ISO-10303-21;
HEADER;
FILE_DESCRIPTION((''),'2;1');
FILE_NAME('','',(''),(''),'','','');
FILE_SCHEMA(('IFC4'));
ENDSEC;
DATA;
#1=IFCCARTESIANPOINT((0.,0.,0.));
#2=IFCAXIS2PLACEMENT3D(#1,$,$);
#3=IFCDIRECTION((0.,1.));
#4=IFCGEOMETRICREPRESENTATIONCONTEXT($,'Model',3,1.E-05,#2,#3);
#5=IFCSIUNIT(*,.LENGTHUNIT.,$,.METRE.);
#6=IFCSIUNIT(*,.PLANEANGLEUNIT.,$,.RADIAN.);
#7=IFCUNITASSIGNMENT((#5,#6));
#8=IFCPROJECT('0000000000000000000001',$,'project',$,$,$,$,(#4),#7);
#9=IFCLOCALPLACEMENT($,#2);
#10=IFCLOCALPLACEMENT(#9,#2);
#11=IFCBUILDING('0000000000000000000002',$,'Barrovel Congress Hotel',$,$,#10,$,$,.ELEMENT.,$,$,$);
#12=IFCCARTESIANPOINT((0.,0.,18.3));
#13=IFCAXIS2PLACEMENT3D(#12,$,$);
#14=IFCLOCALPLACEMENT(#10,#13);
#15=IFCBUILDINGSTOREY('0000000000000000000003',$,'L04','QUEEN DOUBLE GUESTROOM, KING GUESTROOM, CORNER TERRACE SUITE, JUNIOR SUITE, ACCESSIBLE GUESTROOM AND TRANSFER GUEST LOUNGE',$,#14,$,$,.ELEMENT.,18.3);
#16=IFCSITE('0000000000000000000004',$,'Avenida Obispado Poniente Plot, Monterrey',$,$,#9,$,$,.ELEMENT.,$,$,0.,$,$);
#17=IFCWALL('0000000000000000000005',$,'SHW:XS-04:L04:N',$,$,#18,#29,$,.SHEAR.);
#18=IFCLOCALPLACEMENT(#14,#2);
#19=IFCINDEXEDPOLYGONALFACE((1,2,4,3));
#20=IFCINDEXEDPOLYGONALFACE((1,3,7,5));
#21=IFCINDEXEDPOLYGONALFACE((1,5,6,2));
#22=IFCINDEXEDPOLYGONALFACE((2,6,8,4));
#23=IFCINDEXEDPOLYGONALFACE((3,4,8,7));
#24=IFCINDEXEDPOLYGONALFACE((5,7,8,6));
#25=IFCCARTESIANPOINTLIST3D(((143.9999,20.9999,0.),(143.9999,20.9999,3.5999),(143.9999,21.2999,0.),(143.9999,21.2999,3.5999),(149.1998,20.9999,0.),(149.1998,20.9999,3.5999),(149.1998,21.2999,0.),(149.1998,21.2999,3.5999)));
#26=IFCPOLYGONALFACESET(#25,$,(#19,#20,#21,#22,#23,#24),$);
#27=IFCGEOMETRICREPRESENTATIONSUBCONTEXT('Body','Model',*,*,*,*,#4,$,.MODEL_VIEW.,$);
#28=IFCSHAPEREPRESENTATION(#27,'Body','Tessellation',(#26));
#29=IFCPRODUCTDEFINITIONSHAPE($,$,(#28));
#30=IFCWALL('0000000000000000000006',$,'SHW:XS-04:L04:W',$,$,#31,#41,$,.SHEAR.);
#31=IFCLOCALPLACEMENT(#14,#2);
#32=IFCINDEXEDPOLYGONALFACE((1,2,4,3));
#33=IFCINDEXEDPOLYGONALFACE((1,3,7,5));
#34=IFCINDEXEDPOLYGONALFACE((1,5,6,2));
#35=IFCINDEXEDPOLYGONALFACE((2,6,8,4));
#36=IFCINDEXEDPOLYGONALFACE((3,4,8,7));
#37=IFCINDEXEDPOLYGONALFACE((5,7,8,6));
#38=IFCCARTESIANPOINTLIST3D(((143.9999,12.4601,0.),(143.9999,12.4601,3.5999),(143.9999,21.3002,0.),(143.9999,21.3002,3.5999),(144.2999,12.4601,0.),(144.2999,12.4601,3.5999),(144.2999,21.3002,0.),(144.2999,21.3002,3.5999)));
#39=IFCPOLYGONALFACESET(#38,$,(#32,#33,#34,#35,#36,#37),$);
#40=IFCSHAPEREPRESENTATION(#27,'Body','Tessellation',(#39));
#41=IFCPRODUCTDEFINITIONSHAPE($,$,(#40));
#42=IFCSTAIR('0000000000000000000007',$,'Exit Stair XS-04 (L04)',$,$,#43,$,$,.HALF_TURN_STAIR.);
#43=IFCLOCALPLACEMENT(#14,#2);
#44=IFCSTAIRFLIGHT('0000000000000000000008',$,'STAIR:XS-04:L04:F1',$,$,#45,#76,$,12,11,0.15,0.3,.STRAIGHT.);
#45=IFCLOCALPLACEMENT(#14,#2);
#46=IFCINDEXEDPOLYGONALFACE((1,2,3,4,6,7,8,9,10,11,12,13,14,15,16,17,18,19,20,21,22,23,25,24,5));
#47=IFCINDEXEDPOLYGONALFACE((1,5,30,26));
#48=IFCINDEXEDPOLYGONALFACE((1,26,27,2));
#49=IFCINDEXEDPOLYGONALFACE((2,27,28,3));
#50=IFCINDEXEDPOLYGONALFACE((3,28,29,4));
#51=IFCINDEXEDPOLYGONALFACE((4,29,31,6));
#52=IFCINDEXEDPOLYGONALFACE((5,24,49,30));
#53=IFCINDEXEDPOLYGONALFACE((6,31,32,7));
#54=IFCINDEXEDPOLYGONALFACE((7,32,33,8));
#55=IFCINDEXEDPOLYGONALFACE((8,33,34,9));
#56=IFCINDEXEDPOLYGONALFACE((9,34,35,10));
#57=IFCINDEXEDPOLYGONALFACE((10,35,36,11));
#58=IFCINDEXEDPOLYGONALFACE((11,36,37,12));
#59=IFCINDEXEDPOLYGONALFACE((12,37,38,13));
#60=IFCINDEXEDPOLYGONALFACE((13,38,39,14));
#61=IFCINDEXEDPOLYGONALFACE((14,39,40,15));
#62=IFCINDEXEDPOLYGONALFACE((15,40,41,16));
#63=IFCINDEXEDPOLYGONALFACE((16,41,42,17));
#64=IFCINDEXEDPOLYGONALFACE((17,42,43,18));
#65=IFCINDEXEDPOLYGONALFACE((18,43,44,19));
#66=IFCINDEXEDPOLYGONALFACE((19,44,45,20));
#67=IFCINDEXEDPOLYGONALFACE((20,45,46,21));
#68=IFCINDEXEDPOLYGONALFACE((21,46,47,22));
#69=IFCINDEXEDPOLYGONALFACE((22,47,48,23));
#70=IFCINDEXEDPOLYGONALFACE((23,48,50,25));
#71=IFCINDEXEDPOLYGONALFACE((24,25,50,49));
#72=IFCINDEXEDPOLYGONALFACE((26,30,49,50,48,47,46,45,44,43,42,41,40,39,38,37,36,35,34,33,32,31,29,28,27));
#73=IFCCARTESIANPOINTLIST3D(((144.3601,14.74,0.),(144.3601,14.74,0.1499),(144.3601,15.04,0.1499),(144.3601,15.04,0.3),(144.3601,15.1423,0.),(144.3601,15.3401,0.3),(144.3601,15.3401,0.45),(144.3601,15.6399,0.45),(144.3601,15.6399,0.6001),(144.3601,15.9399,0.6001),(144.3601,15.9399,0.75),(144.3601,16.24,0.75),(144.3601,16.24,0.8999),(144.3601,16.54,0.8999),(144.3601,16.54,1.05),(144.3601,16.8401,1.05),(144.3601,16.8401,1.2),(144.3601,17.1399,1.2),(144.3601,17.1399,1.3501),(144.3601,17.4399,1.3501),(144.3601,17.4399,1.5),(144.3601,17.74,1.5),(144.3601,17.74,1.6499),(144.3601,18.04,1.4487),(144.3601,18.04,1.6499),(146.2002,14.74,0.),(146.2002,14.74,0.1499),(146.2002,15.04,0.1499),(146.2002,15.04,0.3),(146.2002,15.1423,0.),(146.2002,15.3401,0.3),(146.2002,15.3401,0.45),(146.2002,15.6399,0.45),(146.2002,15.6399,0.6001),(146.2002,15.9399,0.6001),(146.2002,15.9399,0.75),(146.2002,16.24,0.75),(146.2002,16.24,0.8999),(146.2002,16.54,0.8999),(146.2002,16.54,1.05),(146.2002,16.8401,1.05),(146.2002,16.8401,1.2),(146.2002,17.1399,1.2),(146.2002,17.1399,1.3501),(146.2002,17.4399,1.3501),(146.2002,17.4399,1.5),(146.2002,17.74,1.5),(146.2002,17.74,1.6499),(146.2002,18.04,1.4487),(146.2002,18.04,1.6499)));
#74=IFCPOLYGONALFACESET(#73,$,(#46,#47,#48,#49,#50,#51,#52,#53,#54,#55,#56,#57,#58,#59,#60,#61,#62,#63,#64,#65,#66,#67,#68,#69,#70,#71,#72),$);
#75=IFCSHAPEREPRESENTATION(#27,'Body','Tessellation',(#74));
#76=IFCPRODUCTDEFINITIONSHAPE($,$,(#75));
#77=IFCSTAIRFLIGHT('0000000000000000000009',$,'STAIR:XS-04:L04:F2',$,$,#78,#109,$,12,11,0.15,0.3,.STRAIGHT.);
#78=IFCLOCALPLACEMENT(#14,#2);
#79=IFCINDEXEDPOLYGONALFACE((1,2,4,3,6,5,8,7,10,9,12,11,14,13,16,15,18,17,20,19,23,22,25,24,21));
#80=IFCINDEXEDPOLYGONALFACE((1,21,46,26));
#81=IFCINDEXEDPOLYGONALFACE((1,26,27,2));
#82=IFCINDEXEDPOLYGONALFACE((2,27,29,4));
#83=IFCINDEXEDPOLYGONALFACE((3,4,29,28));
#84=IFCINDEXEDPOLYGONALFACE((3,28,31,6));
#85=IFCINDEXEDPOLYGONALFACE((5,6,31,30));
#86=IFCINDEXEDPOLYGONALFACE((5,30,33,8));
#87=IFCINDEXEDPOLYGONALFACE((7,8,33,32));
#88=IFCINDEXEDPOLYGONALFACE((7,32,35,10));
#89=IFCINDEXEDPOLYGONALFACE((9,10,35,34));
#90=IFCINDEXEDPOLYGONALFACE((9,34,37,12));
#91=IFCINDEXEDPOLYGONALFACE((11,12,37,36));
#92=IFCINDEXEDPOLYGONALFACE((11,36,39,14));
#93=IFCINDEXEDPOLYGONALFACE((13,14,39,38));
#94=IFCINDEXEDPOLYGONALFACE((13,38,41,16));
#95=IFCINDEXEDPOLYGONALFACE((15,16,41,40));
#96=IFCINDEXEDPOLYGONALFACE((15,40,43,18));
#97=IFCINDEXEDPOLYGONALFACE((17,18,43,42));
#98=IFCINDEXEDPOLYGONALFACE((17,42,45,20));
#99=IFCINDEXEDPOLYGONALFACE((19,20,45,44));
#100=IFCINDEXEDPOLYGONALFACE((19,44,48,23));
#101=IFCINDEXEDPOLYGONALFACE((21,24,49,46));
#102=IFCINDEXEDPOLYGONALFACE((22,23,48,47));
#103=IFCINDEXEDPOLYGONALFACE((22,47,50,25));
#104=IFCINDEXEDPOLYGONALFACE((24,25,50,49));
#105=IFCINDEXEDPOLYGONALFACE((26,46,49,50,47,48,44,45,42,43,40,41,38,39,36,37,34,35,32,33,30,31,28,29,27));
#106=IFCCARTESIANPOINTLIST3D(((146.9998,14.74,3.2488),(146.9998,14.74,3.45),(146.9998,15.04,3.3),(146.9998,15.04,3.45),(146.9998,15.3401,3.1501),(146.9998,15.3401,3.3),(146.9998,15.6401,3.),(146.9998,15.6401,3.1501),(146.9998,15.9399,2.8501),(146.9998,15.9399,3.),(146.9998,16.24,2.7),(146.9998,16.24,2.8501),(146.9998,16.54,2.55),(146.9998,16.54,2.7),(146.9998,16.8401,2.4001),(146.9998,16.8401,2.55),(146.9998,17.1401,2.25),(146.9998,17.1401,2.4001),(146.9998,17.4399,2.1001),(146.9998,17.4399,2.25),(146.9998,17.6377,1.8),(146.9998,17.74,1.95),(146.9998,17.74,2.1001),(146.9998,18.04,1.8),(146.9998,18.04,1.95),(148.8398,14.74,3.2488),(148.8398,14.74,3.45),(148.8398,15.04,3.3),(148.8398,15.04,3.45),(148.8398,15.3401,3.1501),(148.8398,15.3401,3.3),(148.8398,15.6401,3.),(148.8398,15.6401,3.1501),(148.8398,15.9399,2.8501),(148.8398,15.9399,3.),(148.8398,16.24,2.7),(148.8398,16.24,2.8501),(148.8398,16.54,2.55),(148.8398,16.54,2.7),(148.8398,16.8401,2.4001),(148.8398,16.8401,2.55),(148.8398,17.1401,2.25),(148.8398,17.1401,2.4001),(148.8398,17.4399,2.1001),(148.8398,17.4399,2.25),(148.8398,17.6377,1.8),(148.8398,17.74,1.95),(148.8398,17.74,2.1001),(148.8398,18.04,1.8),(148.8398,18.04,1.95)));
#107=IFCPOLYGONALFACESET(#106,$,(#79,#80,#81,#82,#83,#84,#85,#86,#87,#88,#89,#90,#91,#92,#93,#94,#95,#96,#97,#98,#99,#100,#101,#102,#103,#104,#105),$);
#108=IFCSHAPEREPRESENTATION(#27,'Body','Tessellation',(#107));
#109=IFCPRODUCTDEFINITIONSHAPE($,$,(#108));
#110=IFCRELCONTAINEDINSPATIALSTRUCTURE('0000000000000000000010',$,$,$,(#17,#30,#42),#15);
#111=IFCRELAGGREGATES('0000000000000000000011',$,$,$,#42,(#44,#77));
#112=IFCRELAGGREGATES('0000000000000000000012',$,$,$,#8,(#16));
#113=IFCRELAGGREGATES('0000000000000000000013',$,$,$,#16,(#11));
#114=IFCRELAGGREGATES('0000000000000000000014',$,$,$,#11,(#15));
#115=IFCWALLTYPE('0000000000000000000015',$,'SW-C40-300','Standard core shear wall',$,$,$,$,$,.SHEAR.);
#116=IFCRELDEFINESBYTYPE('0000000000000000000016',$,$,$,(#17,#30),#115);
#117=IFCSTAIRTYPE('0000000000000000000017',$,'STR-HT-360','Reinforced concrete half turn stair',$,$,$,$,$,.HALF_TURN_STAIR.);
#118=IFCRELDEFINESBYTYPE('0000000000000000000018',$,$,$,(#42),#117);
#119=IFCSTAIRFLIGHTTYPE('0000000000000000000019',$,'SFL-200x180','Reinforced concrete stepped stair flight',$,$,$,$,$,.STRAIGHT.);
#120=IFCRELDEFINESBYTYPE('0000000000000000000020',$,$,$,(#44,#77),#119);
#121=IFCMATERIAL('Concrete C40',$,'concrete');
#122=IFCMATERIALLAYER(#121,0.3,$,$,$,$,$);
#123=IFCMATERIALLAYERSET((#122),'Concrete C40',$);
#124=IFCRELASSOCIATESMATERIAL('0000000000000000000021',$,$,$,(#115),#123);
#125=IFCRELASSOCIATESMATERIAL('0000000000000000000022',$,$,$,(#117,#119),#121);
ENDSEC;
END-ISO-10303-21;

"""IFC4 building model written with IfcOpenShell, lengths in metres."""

from ifc_helpers import new_model, si_unit, direction, frame, frame_2d, origin, place, context, subcontext, project, spatial, polyline, rectangle, outline, extrude, material, layer, layer_set, type_object, element, aggregate, save


model = new_model("IFC4")

# Units and contexts
model_context = context("Model", 3, precision=1e-05, world=origin(), true_north=direction((0.0, 1.0)))
body_context = subcontext(model_context, "Body", "Model", "MODEL_VIEW")
ifc_project = project(units=[si_unit("LENGTHUNIT", "METRE"), si_unit("PLANEANGLEUNIT", "RADIAN")], contexts=[model_context])

# Site, building, storey
site_placement = place(None, origin())
site = spatial("IfcSite", under=ifc_project, at=site_placement, Name="Avenida Obispado Poniente Plot, Monterrey", CompositionType="ELEMENT", RefElevation=0.0)
building_placement = place(site_placement, origin())
building = spatial("IfcBuilding", under=site, at=building_placement, Name="Barrovel Congress Hotel", CompositionType="ELEMENT")
storey_placement = place(building_placement, frame((0.0, 0.0, 18.3)))
storey = spatial("IfcBuildingStorey", under=building, at=storey_placement, Name="L04", Description="QUEEN DOUBLE GUESTROOM, KING GUESTROOM, CORNER TERRACE SUITE, JUNIOR SUITE, ACCESSIBLE GUESTROOM AND TRANSFER GUEST LOUNGE", CompositionType="ELEMENT", Elevation=18.3)

# Shared definitions
ifc_material_1 = material(Name="Concrete C40", Category="concrete")

# Walls
ifc_layer_1 = layer(ifc_material_1, 0.3)
ifc_layer_set_1 = layer_set([ifc_layer_1], Name="Concrete C40")
wall_type_1 = type_object("IfcWallType", Name="SW-C40-300", Description="Standard core shear wall", PredefinedType="SHEAR", material=ifc_layer_set_1)
wall_1_placement = place(storey_placement, frame((149.2, 21.1499, 0.0), z_axis=(0.0, 0.0, 1.0), x_axis=(-1.0, 0.0, 0.0)))
element("IfcWall", 1, at=wall_1_placement, inside=storey, type_object=wall_type_1, Name="SHW:XS-04:L04:N", PredefinedType="SHEAR", context=body_context, shape_type="SweptSolid", body=[
    extrude(rectangle(XDim=5.2, YDim=0.3, at=frame_2d((2.6001, 0.0))), origin(), (0.0, 0.0, 1.0), 3.5999),
])
wall_2_placement = place(storey_placement, frame((144.1499, 21.3, 0.0), z_axis=(0.0, 0.0, 1.0), x_axis=(0.0, -1.0, 0.0)))
element("IfcWall", 2, at=wall_2_placement, inside=storey, type_object=wall_type_1, Name="SHW:XS-04:L04:W", PredefinedType="SHEAR", context=body_context, shape_type="SweptSolid", body=[
    extrude(rectangle(XDim=8.8401, YDim=0.3, at=frame_2d((4.4199, 0.0))), origin(), (0.0, 0.0, 1.0), 3.5999),
])

# Stair, stair flights
stair_type = type_object("IfcStairType", Name="STR-HT-360", Description="Reinforced concrete half turn stair", PredefinedType="HALF_TURN_STAIR", material=ifc_material_1)
stair_placement = place(storey_placement, origin())
stair = element("IfcStair", 3, at=stair_placement, inside=storey, type_object=stair_type, Name="Exit Stair XS-04 (L04)", PredefinedType="HALF_TURN_STAIR")
stair_flight_type = type_object("IfcStairFlightType", Name="SFL-200x180", Description="Reinforced concrete stepped stair flight", PredefinedType="STRAIGHT", material=ifc_material_1)
stair_flight_1_placement = place(storey_placement, frame((145.28, 14.74, 0.0), z_axis=(0.0, 0.0, 1.0), x_axis=(0.0, 1.0, 0.0)))
stair_flight_1 = element("IfcStairFlight", 4, at=stair_flight_1_placement, type_object=stair_flight_type, Name="STAIR:XS-04:L04:F1", NumberOfRisers=12, NumberOfTreads=11, PredefinedType="STRAIGHT", RiserHeight=0.15, TreadLength=0.3, context=body_context, shape_type="SweptSolid", body=[
    extrude(outline(polyline([(0.0, 0.0), (0.0, 0.1499), (0.3, 0.1499), (0.3, 0.3), (0.6001, 0.3), (0.6001, 0.45), (0.8999, 0.45), (0.8999, 0.6001), (1.2, 0.6001), (1.2, 0.75), (1.5, 0.75), (1.5, 0.8999), (1.8, 0.8999), (1.8, 1.05), (2.1001, 1.05), (2.1001, 1.2), (2.3999, 1.2), (2.3999, 1.3501), (2.7, 1.3501), (2.7, 1.5), (3.0, 1.5), (3.0, 1.6499), (3.3, 1.6499), (3.3, 1.8), (3.3, 1.4487), (0.4023, 0.0), (0.0, 0.0)])), frame((0.0, 0.9199, 0.0), z_axis=(0.0, -1.0, 0.0), x_axis=(1.0, 0.0, 0.0)), (0.0, 0.0, 1.0), 1.8401),
])
stair_flight_2_placement = place(storey_placement, frame((147.9199, 18.04, 1.8), z_axis=(0.0, 0.0, 1.0), x_axis=(0.0, -1.0, 0.0)))
stair_flight_2 = element("IfcStairFlight", 5, at=stair_flight_2_placement, type_object=stair_flight_type, Name="STAIR:XS-04:L04:F2", NumberOfRisers=12, NumberOfTreads=11, PredefinedType="STRAIGHT", RiserHeight=0.15, TreadLength=0.3, context=body_context, shape_type="SweptSolid", body=[
    extrude(outline(polyline([(0.0, 0.0), (0.0, 0.1499), (0.3, 0.1499), (0.3, 0.3), (0.6001, 0.3), (0.6001, 0.45), (0.8999, 0.45), (0.8999, 0.6001), (1.2, 0.6001), (1.2, 0.75), (1.5, 0.75), (1.5, 0.8999), (1.8, 0.8999), (1.8, 1.05), (2.1001, 1.05), (2.1001, 1.2), (2.3999, 1.2), (2.3999, 1.3501), (2.7, 1.3501), (2.7, 1.5), (3.0, 1.5), (3.0, 1.6499), (3.3, 1.6499), (3.3, 1.8), (3.3, 1.4487), (0.4023, 0.0), (0.0, 0.0)])), frame((0.0, 0.9199, 0.0), z_axis=(0.0, -1.0, 0.0), x_axis=(1.0, 0.0, 0.0)), (0.0, 0.0, 1.0), 1.8401),
])
aggregate(stair, [stair_flight_1, stair_flight_2])

save(model, "model.ifc")
